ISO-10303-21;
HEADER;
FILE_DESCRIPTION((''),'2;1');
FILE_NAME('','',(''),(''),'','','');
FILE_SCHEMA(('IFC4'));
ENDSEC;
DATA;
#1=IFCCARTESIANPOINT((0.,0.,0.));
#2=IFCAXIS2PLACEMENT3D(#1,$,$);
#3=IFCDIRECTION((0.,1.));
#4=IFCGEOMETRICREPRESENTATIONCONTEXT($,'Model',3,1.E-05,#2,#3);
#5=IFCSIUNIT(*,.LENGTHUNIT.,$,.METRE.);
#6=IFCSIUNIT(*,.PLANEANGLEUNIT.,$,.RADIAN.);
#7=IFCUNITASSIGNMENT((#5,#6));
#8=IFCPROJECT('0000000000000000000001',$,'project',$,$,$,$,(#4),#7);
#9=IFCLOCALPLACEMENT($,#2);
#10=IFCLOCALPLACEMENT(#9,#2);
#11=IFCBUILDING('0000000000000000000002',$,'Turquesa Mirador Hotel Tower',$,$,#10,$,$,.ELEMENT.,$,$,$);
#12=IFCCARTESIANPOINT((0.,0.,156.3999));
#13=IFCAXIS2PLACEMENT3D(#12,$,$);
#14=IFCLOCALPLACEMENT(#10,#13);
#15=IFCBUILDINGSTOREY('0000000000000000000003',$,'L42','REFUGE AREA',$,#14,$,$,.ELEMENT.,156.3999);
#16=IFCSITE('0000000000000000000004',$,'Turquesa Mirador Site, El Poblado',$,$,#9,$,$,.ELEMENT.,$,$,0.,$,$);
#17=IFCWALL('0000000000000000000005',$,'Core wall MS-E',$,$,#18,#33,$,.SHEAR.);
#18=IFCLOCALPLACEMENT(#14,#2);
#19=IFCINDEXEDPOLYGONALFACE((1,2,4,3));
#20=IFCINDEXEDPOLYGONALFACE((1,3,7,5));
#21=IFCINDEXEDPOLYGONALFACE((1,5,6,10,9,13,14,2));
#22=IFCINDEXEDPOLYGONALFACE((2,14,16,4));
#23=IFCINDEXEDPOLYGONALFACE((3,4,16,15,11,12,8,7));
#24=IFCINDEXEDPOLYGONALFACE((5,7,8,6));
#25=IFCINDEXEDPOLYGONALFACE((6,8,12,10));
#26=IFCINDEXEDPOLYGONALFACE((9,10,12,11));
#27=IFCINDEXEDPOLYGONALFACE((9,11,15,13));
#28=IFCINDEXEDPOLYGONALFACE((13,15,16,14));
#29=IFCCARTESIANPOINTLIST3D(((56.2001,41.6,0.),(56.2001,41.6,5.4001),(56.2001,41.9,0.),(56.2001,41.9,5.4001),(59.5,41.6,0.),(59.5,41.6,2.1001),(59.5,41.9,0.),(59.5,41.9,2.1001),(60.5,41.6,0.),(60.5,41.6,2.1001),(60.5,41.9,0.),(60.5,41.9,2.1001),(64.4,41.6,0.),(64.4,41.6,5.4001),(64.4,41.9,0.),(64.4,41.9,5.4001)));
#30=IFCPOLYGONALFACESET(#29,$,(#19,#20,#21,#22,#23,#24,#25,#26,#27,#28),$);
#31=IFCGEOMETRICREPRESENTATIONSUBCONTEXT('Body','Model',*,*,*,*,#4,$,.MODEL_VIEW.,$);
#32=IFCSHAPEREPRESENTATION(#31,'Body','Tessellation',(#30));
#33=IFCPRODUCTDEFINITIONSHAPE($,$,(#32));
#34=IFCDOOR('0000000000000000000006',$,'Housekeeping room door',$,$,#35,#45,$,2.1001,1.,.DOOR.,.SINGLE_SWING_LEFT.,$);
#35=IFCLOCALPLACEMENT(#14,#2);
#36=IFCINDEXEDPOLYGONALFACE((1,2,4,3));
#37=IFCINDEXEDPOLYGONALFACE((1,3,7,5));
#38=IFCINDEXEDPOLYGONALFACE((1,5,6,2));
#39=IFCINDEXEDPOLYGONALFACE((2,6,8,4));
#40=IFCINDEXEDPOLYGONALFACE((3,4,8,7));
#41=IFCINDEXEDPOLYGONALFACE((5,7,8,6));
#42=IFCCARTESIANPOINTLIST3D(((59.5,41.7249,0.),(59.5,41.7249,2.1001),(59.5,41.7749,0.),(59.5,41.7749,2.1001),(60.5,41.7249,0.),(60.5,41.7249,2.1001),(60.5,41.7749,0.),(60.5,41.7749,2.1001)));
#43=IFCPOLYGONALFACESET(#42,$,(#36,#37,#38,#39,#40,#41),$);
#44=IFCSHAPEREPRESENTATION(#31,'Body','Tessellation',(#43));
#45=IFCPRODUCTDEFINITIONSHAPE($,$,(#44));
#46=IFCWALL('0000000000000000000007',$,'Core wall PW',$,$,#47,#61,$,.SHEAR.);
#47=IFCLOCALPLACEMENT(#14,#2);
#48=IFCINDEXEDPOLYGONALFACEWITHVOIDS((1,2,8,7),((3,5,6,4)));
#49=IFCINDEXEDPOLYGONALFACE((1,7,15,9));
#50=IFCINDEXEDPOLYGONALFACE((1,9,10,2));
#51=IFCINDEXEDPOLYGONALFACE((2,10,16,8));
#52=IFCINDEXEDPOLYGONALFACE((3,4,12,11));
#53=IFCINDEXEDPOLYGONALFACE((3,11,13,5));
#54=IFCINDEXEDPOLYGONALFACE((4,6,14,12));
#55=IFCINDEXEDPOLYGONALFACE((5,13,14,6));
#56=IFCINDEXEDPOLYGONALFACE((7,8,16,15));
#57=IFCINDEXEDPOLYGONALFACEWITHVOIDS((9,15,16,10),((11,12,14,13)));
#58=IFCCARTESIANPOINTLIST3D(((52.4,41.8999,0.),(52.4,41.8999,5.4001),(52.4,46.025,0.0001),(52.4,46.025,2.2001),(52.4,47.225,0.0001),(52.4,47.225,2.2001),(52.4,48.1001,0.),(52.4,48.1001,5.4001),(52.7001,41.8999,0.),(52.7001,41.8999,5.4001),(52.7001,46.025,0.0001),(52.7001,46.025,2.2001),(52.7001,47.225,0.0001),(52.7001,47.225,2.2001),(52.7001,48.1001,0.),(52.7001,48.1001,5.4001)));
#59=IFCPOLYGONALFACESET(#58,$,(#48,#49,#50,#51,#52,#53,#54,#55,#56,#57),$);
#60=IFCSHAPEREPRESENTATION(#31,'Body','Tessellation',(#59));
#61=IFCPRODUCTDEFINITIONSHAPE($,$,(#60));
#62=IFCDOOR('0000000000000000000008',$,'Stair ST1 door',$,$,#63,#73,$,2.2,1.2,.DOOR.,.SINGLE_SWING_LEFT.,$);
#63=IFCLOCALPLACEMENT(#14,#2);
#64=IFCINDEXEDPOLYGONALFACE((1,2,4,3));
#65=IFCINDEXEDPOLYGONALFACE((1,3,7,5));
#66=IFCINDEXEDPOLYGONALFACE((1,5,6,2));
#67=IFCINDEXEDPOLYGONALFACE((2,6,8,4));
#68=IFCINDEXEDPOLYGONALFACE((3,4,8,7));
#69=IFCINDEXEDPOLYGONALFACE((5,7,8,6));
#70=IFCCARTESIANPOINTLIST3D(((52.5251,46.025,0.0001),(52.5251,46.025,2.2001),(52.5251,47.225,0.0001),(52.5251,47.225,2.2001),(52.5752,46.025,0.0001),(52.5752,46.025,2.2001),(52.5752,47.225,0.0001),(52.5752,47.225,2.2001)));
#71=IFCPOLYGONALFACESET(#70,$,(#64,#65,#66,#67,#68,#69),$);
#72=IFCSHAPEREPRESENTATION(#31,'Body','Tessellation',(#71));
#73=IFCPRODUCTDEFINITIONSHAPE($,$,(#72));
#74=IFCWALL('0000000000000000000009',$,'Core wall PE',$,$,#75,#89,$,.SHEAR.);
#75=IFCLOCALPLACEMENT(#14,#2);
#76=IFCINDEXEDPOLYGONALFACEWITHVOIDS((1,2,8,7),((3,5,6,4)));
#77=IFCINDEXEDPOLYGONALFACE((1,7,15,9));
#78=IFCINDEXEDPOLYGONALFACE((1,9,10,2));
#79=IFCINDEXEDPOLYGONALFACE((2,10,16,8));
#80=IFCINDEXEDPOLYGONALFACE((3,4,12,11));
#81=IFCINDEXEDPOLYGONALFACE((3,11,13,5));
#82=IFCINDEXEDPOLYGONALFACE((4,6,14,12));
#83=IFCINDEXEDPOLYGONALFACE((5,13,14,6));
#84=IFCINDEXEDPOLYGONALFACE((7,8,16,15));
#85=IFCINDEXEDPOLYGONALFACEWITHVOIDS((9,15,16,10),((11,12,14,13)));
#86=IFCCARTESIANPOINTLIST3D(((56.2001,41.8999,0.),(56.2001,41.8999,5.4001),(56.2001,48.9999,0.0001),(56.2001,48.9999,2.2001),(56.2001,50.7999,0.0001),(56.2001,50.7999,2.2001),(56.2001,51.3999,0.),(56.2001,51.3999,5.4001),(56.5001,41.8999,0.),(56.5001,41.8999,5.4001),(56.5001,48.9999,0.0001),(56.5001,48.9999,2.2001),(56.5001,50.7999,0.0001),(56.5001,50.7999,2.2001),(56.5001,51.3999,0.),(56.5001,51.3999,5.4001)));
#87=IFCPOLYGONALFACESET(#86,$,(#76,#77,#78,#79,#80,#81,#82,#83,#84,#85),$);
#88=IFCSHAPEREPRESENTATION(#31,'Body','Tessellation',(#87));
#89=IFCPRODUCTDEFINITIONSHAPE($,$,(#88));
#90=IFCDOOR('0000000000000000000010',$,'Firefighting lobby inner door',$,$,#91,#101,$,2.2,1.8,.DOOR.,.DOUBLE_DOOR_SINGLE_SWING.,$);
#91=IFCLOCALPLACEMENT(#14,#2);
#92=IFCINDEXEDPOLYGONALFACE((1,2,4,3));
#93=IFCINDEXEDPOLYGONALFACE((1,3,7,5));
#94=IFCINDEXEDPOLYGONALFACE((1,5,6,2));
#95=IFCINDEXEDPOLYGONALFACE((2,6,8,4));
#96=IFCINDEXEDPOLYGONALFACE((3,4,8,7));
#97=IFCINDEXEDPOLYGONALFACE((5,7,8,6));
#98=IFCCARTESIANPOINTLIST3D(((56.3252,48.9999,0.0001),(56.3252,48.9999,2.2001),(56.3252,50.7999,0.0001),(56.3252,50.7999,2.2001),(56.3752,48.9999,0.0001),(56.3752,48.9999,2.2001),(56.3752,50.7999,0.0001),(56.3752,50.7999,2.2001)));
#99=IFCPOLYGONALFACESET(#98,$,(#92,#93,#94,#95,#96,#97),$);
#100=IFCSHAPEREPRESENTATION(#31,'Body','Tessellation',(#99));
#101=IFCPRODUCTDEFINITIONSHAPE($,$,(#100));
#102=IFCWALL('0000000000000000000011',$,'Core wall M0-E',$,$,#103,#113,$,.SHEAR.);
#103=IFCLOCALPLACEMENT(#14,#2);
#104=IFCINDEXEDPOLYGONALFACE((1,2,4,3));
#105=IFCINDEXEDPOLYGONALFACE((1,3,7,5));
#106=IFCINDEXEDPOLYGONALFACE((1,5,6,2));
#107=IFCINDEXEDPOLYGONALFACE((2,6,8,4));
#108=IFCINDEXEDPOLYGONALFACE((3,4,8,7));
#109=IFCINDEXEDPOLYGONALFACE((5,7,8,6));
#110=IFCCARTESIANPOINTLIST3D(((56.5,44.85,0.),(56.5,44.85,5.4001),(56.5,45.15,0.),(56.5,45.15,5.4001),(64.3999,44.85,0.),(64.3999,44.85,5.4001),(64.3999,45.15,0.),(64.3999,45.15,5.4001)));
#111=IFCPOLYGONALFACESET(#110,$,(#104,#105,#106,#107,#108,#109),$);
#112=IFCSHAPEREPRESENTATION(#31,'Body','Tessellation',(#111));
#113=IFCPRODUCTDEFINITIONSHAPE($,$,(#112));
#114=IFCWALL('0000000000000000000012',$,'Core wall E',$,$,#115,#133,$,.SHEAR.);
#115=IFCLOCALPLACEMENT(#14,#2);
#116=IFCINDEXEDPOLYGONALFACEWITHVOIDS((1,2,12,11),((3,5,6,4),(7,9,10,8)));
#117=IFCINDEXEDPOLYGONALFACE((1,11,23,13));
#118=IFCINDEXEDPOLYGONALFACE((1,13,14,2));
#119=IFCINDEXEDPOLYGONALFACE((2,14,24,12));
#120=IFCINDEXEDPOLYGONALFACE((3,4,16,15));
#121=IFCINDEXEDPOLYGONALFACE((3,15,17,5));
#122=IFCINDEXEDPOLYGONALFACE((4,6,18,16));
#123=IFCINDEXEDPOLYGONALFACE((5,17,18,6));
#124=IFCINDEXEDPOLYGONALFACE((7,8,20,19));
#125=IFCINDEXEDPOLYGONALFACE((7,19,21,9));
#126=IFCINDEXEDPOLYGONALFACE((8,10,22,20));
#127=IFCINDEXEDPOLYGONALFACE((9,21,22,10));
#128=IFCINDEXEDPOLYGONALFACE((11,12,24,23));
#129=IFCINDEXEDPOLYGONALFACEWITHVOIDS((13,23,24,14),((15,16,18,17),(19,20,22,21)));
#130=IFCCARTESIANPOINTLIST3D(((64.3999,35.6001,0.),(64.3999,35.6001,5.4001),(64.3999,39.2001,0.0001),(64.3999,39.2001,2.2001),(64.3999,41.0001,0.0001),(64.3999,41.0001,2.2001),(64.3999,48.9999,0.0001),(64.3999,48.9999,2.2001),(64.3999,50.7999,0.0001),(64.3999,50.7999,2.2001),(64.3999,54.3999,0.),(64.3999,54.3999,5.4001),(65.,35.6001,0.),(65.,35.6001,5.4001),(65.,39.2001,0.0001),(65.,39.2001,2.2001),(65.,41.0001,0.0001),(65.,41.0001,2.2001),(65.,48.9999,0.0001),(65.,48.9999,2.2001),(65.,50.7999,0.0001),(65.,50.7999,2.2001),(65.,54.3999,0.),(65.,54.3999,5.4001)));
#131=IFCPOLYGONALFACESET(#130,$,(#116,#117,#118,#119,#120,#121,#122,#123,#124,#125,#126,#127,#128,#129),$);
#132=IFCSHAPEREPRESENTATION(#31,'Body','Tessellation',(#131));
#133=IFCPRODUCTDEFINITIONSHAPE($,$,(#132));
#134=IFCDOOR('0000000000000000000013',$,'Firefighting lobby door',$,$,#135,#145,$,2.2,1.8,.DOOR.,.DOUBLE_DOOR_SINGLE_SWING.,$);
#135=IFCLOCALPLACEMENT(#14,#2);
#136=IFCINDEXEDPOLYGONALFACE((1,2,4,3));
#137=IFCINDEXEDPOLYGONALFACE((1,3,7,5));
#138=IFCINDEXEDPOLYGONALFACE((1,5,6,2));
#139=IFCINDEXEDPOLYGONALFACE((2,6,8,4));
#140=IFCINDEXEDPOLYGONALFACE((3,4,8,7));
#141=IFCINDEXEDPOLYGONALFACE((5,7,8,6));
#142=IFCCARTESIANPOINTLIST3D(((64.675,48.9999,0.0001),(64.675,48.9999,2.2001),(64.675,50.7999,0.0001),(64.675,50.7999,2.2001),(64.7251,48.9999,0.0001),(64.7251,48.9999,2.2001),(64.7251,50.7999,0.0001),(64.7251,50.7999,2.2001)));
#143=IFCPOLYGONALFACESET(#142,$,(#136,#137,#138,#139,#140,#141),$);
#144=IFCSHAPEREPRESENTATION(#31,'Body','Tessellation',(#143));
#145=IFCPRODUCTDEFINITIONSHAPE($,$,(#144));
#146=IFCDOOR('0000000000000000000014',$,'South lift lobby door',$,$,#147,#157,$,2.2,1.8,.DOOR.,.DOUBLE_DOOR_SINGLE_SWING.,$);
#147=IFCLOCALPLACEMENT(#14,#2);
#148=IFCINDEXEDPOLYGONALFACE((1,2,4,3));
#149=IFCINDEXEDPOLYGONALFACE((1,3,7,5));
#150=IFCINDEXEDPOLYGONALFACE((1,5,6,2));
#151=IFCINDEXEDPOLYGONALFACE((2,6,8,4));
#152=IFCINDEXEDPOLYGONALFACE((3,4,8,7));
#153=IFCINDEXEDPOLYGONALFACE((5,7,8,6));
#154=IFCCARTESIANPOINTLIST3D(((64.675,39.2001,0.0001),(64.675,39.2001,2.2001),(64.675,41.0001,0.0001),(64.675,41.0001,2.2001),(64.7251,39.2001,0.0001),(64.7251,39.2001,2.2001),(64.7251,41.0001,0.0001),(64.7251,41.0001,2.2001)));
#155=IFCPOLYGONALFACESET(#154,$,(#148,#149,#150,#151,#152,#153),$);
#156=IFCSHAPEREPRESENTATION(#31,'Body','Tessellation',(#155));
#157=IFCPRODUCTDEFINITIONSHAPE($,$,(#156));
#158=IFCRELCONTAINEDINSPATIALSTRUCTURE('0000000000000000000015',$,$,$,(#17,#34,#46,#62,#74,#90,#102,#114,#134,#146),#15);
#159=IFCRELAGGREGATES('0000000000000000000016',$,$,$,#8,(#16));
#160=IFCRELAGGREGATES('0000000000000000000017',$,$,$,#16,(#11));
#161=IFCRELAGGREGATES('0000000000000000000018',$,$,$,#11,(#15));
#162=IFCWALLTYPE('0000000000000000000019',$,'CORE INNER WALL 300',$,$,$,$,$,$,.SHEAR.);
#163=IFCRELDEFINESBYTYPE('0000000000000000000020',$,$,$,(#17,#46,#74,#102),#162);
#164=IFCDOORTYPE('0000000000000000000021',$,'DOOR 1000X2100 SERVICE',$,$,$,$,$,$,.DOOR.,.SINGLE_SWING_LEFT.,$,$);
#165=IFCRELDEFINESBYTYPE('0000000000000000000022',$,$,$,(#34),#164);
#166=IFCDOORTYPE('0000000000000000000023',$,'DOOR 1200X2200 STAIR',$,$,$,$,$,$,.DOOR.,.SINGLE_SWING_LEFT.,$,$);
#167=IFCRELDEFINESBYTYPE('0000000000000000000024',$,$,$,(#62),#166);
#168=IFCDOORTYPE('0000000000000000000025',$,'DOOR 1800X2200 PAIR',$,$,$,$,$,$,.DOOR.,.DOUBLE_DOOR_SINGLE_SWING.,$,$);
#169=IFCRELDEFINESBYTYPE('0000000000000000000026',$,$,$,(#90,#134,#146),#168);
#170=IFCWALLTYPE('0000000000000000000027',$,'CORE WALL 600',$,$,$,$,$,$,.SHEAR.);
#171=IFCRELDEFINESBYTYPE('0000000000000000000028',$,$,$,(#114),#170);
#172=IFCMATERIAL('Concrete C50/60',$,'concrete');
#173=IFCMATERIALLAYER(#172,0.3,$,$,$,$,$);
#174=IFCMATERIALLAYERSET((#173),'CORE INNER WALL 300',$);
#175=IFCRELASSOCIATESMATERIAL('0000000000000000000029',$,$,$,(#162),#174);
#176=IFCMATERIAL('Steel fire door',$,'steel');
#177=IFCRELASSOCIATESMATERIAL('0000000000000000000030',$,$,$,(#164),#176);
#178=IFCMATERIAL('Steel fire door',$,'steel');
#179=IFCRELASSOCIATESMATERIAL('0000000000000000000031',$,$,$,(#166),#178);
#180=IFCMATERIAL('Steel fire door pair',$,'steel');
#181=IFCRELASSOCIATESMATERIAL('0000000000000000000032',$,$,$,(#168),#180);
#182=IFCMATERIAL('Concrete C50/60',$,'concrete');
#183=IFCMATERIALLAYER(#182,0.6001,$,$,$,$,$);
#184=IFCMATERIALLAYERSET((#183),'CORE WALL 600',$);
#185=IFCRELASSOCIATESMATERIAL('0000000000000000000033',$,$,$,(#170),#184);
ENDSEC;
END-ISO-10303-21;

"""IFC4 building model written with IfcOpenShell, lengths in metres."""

from ifc_helpers import new_model, si_unit, direction, frame, frame_2d, origin, place, context, subcontext, project, spatial, rectangle, extrude, material, layer, layer_set, type_object, element, fill, save


model = new_model("IFC4")

# Units and contexts
model_context = context("Model", 3, precision=1e-05, world=origin(), true_north=direction((0.0, 1.0)))
body_context = subcontext(model_context, "Body", "Model", "MODEL_VIEW")
ifc_project = project(units=[si_unit("LENGTHUNIT", "METRE"), si_unit("PLANEANGLEUNIT", "RADIAN")], contexts=[model_context])

# Site, building, storey
site_placement = place(None, origin())
site = spatial("IfcSite", under=ifc_project, at=site_placement, Name="Turquesa Mirador Site, El Poblado", CompositionType="ELEMENT", RefElevation=0.0)
building_placement = place(site_placement, origin())
building = spatial("IfcBuilding", under=site, at=building_placement, Name="Turquesa Mirador Hotel Tower", CompositionType="ELEMENT")
storey_placement = place(building_placement, frame((0.0, 0.0, 156.3999)))
storey = spatial("IfcBuildingStorey", under=building, at=storey_placement, Name="L42", Description="REFUGE AREA", CompositionType="ELEMENT", Elevation=156.3999)

# Walls, openings, doors
ifc_material_1 = material(Name="Concrete C50/60", Category="concrete")
ifc_layer_1 = layer(ifc_material_1, 0.3)
ifc_layer_set_1 = layer_set([ifc_layer_1], Name="CORE INNER WALL 300")
wall_type_1 = type_object("IfcWallType", Name="CORE INNER WALL 300", PredefinedType="SHEAR", material=ifc_layer_set_1)
wall_1_placement = place(storey_placement, frame((56.2, 41.75, 0.0), z_axis=(0.0, 0.0, 1.0), x_axis=(1.0, 0.0, 0.0)))
wall_1 = element("IfcWall", 1, at=wall_1_placement, inside=storey, type_object=wall_type_1, Name="Core wall MS-E", PredefinedType="SHEAR", context=body_context, shape_type="SweptSolid", body=[
    extrude(rectangle(XDim=8.2, YDim=0.3, at=frame_2d((4.1001, 0.0))), origin(), (0.0, 0.0, 1.0), 5.4001),
])
opening_1_placement = place(wall_1_placement, frame((3.3, 0.0, 0.0)))
opening_1 = element("IfcOpeningElement", 2, at=opening_1_placement, cuts=wall_1, PredefinedType="OPENING", context=body_context, shape_type="SweptSolid", body=[
    extrude(rectangle(XDim=1.0, YDim=2.1001, at=frame_2d((0.5, 1.05))), frame((0.0, 0.1599, 0.0), z_axis=(0.0, -1.0, 0.0), x_axis=(1.0, 0.0, 0.0)), (0.0, 0.0, 1.0), 0.3201),
])
ifc_material_2 = material(Name="Steel fire door", Category="steel")
door_type_1 = type_object("IfcDoorType", Name="DOOR 1000X2100 SERVICE", OperationType="SINGLE_SWING_LEFT", PredefinedType="DOOR", material=ifc_material_2)
door_1_placement = place(opening_1_placement, origin())
door_1 = element("IfcDoor", 3, at=door_1_placement, inside=storey, type_object=door_type_1, Name="Housekeeping room door", OperationType="SINGLE_SWING_LEFT", OverallHeight=2.1001, OverallWidth=1.0, PredefinedType="DOOR", context=body_context, shape_type="SweptSolid", body=[
    extrude(rectangle(XDim=1.0, YDim=2.1001, at=frame_2d((0.5, 1.05))), frame((0.0, 0.0249, 0.0), z_axis=(0.0, -1.0, 0.0), x_axis=(1.0, 0.0, 0.0)), (0.0, 0.0, 1.0), 0.05),
])
fill(opening_1, door_1)
wall_2_placement = place(storey_placement, frame((52.55, 41.8999, 0.0), z_axis=(0.0, 0.0, 1.0), x_axis=(0.0, 1.0, 0.0)))
wall_2 = element("IfcWall", 4, at=wall_2_placement, inside=storey, type_object=wall_type_1, Name="Core wall PW", PredefinedType="SHEAR", context=body_context, shape_type="SweptSolid", body=[
    extrude(rectangle(XDim=6.2002, YDim=0.3, at=frame_2d((3.1001, 0.0))), origin(), (0.0, 0.0, 1.0), 5.4001),
])
opening_2_placement = place(wall_2_placement, frame((4.125, 0.0, 0.0)))
opening_2 = element("IfcOpeningElement", 5, at=opening_2_placement, cuts=wall_2, PredefinedType="OPENING", context=body_context, shape_type="SweptSolid", body=[
    extrude(rectangle(XDim=1.2, YDim=2.2, at=frame_2d((0.6001, 1.1001))), frame((0.0, 0.1599, 0.0), z_axis=(0.0, -1.0, 0.0), x_axis=(1.0, 0.0, 0.0)), (0.0, 0.0, 1.0), 0.3201),
])
ifc_material_3 = material(Name="Steel fire door", Category="steel")
door_type_2 = type_object("IfcDoorType", Name="DOOR 1200X2200 STAIR", OperationType="SINGLE_SWING_LEFT", PredefinedType="DOOR", material=ifc_material_3)
door_2_placement = place(opening_2_placement, origin())
door_2 = element("IfcDoor", 6, at=door_2_placement, inside=storey, type_object=door_type_2, Name="Stair ST1 door", OperationType="SINGLE_SWING_LEFT", OverallHeight=2.2, OverallWidth=1.2, PredefinedType="DOOR", context=body_context, shape_type="SweptSolid", body=[
    extrude(rectangle(XDim=1.2, YDim=2.2, at=frame_2d((0.6001, 1.1001))), frame((0.0, 0.0249, 0.0), z_axis=(0.0, -1.0, 0.0), x_axis=(1.0, 0.0, 0.0)), (0.0, 0.0, 1.0), 0.05),
])
fill(opening_2, door_2)
wall_3_placement = place(storey_placement, frame((56.3501, 41.8999, 0.0), z_axis=(0.0, 0.0, 1.0), x_axis=(0.0, 1.0, 0.0)))
wall_3 = element("IfcWall", 7, at=wall_3_placement, inside=storey, type_object=wall_type_1, Name="Core wall PE", PredefinedType="SHEAR", context=body_context, shape_type="SweptSolid", body=[
    extrude(rectangle(XDim=9.5, YDim=0.3, at=frame_2d((4.75, 0.0))), origin(), (0.0, 0.0, 1.0), 5.4001),
])
opening_3_placement = place(wall_3_placement, frame((7.1001, 0.0, 0.0)))
opening_3 = element("IfcOpeningElement", 8, at=opening_3_placement, cuts=wall_3, PredefinedType="OPENING", context=body_context, shape_type="SweptSolid", body=[
    extrude(rectangle(XDim=1.8, YDim=2.2, at=frame_2d((0.8999, 1.1001))), frame((0.0, 0.1599, 0.0), z_axis=(0.0, -1.0, 0.0), x_axis=(1.0, 0.0, 0.0)), (0.0, 0.0, 1.0), 0.3201),
])
ifc_material_4 = material(Name="Steel fire door pair", Category="steel")
door_type_3 = type_object("IfcDoorType", Name="DOOR 1800X2200 PAIR", OperationType="DOUBLE_DOOR_SINGLE_SWING", PredefinedType="DOOR", material=ifc_material_4)
door_3_placement = place(opening_3_placement, origin())
door_3 = element("IfcDoor", 9, at=door_3_placement, inside=storey, type_object=door_type_3, Name="Firefighting lobby inner door", OperationType="DOUBLE_DOOR_SINGLE_SWING", OverallHeight=2.2, OverallWidth=1.8, PredefinedType="DOOR", context=body_context, shape_type="SweptSolid", body=[
    extrude(rectangle(XDim=1.8, YDim=2.2, at=frame_2d((0.8999, 1.1001))), frame((0.0, 0.0249, 0.0), z_axis=(0.0, -1.0, 0.0), x_axis=(1.0, 0.0, 0.0)), (0.0, 0.0, 1.0), 0.05),
])
fill(opening_3, door_3)

# Wall
wall_4_placement = place(storey_placement, frame((56.5, 45.0, 0.0), z_axis=(0.0, 0.0, 1.0), x_axis=(1.0, 0.0, 0.0)))
element("IfcWall", 10, at=wall_4_placement, inside=storey, type_object=wall_type_1, Name="Core wall M0-E", PredefinedType="SHEAR", context=body_context, shape_type="SweptSolid", body=[
    extrude(rectangle(XDim=7.8999, YDim=0.3, at=frame_2d((3.95, 0.0))), origin(), (0.0, 0.0, 1.0), 5.4001),
])

# Wall, openings, doors
ifc_material_5 = material(Name="Concrete C50/60", Category="concrete")
ifc_layer_2 = layer(ifc_material_5, 0.6001)
ifc_layer_set_2 = layer_set([ifc_layer_2], Name="CORE WALL 600")
wall_type_2 = type_object("IfcWallType", Name="CORE WALL 600", PredefinedType="SHEAR", material=ifc_layer_set_2)
wall_5_placement = place(storey_placement, frame((64.7, 35.6001, 0.0), z_axis=(0.0, 0.0, 1.0), x_axis=(0.0, 1.0, 0.0)))
wall_5 = element("IfcWall", 11, at=wall_5_placement, inside=storey, type_object=wall_type_2, Name="Core wall E", PredefinedType="SHEAR", context=body_context, shape_type="SweptSolid", body=[
    extrude(rectangle(XDim=18.7998, YDim=0.6001, at=frame_2d((9.3999, 0.0))), origin(), (0.0, 0.0, 1.0), 5.4001),
])
opening_4_placement = place(wall_5_placement, frame((13.3999, 0.0, 0.0)))
opening_4 = element("IfcOpeningElement", 12, at=opening_4_placement, cuts=wall_5, PredefinedType="OPENING", context=body_context, shape_type="SweptSolid", body=[
    extrude(rectangle(XDim=1.8, YDim=2.2, at=frame_2d((0.8999, 1.1001))), frame((0.0, 0.3101, 0.0), z_axis=(0.0, -1.0, 0.0), x_axis=(1.0, 0.0, 0.0)), (0.0, 0.0, 1.0), 0.6201),
])
opening_5_placement = place(wall_5_placement, frame((3.6001, 0.0, 0.0)))
opening_5 = element("IfcOpeningElement", 13, at=opening_5_placement, cuts=wall_5, PredefinedType="OPENING", context=body_context, shape_type="SweptSolid", body=[
    extrude(rectangle(XDim=1.8, YDim=2.2, at=frame_2d((0.8999, 1.1001))), frame((0.0, 0.3101, 0.0), z_axis=(0.0, -1.0, 0.0), x_axis=(1.0, 0.0, 0.0)), (0.0, 0.0, 1.0), 0.6201),
])
door_4_placement = place(opening_4_placement, origin())
door_4 = element("IfcDoor", 14, at=door_4_placement, inside=storey, type_object=door_type_3, Name="Firefighting lobby door", OperationType="DOUBLE_DOOR_SINGLE_SWING", OverallHeight=2.2, OverallWidth=1.8, PredefinedType="DOOR", context=body_context, shape_type="SweptSolid", body=[
    extrude(rectangle(XDim=1.8, YDim=2.2, at=frame_2d((0.8999, 1.1001))), frame((0.0, 0.0249, 0.0), z_axis=(0.0, -1.0, 0.0), x_axis=(1.0, 0.0, 0.0)), (0.0, 0.0, 1.0), 0.05),
])
fill(opening_4, door_4)
door_5_placement = place(opening_5_placement, origin())
door_5 = element("IfcDoor", 15, at=door_5_placement, inside=storey, type_object=door_type_3, Name="South lift lobby door", OperationType="DOUBLE_DOOR_SINGLE_SWING", OverallHeight=2.2, OverallWidth=1.8, PredefinedType="DOOR", context=body_context, shape_type="SweptSolid", body=[
    extrude(rectangle(XDim=1.8, YDim=2.2, at=frame_2d((0.8999, 1.1001))), frame((0.0, 0.0249, 0.0), z_axis=(0.0, -1.0, 0.0), x_axis=(1.0, 0.0, 0.0)), (0.0, 0.0, 1.0), 0.05),
])
fill(opening_5, door_5)

save(model, "model.ifc")
